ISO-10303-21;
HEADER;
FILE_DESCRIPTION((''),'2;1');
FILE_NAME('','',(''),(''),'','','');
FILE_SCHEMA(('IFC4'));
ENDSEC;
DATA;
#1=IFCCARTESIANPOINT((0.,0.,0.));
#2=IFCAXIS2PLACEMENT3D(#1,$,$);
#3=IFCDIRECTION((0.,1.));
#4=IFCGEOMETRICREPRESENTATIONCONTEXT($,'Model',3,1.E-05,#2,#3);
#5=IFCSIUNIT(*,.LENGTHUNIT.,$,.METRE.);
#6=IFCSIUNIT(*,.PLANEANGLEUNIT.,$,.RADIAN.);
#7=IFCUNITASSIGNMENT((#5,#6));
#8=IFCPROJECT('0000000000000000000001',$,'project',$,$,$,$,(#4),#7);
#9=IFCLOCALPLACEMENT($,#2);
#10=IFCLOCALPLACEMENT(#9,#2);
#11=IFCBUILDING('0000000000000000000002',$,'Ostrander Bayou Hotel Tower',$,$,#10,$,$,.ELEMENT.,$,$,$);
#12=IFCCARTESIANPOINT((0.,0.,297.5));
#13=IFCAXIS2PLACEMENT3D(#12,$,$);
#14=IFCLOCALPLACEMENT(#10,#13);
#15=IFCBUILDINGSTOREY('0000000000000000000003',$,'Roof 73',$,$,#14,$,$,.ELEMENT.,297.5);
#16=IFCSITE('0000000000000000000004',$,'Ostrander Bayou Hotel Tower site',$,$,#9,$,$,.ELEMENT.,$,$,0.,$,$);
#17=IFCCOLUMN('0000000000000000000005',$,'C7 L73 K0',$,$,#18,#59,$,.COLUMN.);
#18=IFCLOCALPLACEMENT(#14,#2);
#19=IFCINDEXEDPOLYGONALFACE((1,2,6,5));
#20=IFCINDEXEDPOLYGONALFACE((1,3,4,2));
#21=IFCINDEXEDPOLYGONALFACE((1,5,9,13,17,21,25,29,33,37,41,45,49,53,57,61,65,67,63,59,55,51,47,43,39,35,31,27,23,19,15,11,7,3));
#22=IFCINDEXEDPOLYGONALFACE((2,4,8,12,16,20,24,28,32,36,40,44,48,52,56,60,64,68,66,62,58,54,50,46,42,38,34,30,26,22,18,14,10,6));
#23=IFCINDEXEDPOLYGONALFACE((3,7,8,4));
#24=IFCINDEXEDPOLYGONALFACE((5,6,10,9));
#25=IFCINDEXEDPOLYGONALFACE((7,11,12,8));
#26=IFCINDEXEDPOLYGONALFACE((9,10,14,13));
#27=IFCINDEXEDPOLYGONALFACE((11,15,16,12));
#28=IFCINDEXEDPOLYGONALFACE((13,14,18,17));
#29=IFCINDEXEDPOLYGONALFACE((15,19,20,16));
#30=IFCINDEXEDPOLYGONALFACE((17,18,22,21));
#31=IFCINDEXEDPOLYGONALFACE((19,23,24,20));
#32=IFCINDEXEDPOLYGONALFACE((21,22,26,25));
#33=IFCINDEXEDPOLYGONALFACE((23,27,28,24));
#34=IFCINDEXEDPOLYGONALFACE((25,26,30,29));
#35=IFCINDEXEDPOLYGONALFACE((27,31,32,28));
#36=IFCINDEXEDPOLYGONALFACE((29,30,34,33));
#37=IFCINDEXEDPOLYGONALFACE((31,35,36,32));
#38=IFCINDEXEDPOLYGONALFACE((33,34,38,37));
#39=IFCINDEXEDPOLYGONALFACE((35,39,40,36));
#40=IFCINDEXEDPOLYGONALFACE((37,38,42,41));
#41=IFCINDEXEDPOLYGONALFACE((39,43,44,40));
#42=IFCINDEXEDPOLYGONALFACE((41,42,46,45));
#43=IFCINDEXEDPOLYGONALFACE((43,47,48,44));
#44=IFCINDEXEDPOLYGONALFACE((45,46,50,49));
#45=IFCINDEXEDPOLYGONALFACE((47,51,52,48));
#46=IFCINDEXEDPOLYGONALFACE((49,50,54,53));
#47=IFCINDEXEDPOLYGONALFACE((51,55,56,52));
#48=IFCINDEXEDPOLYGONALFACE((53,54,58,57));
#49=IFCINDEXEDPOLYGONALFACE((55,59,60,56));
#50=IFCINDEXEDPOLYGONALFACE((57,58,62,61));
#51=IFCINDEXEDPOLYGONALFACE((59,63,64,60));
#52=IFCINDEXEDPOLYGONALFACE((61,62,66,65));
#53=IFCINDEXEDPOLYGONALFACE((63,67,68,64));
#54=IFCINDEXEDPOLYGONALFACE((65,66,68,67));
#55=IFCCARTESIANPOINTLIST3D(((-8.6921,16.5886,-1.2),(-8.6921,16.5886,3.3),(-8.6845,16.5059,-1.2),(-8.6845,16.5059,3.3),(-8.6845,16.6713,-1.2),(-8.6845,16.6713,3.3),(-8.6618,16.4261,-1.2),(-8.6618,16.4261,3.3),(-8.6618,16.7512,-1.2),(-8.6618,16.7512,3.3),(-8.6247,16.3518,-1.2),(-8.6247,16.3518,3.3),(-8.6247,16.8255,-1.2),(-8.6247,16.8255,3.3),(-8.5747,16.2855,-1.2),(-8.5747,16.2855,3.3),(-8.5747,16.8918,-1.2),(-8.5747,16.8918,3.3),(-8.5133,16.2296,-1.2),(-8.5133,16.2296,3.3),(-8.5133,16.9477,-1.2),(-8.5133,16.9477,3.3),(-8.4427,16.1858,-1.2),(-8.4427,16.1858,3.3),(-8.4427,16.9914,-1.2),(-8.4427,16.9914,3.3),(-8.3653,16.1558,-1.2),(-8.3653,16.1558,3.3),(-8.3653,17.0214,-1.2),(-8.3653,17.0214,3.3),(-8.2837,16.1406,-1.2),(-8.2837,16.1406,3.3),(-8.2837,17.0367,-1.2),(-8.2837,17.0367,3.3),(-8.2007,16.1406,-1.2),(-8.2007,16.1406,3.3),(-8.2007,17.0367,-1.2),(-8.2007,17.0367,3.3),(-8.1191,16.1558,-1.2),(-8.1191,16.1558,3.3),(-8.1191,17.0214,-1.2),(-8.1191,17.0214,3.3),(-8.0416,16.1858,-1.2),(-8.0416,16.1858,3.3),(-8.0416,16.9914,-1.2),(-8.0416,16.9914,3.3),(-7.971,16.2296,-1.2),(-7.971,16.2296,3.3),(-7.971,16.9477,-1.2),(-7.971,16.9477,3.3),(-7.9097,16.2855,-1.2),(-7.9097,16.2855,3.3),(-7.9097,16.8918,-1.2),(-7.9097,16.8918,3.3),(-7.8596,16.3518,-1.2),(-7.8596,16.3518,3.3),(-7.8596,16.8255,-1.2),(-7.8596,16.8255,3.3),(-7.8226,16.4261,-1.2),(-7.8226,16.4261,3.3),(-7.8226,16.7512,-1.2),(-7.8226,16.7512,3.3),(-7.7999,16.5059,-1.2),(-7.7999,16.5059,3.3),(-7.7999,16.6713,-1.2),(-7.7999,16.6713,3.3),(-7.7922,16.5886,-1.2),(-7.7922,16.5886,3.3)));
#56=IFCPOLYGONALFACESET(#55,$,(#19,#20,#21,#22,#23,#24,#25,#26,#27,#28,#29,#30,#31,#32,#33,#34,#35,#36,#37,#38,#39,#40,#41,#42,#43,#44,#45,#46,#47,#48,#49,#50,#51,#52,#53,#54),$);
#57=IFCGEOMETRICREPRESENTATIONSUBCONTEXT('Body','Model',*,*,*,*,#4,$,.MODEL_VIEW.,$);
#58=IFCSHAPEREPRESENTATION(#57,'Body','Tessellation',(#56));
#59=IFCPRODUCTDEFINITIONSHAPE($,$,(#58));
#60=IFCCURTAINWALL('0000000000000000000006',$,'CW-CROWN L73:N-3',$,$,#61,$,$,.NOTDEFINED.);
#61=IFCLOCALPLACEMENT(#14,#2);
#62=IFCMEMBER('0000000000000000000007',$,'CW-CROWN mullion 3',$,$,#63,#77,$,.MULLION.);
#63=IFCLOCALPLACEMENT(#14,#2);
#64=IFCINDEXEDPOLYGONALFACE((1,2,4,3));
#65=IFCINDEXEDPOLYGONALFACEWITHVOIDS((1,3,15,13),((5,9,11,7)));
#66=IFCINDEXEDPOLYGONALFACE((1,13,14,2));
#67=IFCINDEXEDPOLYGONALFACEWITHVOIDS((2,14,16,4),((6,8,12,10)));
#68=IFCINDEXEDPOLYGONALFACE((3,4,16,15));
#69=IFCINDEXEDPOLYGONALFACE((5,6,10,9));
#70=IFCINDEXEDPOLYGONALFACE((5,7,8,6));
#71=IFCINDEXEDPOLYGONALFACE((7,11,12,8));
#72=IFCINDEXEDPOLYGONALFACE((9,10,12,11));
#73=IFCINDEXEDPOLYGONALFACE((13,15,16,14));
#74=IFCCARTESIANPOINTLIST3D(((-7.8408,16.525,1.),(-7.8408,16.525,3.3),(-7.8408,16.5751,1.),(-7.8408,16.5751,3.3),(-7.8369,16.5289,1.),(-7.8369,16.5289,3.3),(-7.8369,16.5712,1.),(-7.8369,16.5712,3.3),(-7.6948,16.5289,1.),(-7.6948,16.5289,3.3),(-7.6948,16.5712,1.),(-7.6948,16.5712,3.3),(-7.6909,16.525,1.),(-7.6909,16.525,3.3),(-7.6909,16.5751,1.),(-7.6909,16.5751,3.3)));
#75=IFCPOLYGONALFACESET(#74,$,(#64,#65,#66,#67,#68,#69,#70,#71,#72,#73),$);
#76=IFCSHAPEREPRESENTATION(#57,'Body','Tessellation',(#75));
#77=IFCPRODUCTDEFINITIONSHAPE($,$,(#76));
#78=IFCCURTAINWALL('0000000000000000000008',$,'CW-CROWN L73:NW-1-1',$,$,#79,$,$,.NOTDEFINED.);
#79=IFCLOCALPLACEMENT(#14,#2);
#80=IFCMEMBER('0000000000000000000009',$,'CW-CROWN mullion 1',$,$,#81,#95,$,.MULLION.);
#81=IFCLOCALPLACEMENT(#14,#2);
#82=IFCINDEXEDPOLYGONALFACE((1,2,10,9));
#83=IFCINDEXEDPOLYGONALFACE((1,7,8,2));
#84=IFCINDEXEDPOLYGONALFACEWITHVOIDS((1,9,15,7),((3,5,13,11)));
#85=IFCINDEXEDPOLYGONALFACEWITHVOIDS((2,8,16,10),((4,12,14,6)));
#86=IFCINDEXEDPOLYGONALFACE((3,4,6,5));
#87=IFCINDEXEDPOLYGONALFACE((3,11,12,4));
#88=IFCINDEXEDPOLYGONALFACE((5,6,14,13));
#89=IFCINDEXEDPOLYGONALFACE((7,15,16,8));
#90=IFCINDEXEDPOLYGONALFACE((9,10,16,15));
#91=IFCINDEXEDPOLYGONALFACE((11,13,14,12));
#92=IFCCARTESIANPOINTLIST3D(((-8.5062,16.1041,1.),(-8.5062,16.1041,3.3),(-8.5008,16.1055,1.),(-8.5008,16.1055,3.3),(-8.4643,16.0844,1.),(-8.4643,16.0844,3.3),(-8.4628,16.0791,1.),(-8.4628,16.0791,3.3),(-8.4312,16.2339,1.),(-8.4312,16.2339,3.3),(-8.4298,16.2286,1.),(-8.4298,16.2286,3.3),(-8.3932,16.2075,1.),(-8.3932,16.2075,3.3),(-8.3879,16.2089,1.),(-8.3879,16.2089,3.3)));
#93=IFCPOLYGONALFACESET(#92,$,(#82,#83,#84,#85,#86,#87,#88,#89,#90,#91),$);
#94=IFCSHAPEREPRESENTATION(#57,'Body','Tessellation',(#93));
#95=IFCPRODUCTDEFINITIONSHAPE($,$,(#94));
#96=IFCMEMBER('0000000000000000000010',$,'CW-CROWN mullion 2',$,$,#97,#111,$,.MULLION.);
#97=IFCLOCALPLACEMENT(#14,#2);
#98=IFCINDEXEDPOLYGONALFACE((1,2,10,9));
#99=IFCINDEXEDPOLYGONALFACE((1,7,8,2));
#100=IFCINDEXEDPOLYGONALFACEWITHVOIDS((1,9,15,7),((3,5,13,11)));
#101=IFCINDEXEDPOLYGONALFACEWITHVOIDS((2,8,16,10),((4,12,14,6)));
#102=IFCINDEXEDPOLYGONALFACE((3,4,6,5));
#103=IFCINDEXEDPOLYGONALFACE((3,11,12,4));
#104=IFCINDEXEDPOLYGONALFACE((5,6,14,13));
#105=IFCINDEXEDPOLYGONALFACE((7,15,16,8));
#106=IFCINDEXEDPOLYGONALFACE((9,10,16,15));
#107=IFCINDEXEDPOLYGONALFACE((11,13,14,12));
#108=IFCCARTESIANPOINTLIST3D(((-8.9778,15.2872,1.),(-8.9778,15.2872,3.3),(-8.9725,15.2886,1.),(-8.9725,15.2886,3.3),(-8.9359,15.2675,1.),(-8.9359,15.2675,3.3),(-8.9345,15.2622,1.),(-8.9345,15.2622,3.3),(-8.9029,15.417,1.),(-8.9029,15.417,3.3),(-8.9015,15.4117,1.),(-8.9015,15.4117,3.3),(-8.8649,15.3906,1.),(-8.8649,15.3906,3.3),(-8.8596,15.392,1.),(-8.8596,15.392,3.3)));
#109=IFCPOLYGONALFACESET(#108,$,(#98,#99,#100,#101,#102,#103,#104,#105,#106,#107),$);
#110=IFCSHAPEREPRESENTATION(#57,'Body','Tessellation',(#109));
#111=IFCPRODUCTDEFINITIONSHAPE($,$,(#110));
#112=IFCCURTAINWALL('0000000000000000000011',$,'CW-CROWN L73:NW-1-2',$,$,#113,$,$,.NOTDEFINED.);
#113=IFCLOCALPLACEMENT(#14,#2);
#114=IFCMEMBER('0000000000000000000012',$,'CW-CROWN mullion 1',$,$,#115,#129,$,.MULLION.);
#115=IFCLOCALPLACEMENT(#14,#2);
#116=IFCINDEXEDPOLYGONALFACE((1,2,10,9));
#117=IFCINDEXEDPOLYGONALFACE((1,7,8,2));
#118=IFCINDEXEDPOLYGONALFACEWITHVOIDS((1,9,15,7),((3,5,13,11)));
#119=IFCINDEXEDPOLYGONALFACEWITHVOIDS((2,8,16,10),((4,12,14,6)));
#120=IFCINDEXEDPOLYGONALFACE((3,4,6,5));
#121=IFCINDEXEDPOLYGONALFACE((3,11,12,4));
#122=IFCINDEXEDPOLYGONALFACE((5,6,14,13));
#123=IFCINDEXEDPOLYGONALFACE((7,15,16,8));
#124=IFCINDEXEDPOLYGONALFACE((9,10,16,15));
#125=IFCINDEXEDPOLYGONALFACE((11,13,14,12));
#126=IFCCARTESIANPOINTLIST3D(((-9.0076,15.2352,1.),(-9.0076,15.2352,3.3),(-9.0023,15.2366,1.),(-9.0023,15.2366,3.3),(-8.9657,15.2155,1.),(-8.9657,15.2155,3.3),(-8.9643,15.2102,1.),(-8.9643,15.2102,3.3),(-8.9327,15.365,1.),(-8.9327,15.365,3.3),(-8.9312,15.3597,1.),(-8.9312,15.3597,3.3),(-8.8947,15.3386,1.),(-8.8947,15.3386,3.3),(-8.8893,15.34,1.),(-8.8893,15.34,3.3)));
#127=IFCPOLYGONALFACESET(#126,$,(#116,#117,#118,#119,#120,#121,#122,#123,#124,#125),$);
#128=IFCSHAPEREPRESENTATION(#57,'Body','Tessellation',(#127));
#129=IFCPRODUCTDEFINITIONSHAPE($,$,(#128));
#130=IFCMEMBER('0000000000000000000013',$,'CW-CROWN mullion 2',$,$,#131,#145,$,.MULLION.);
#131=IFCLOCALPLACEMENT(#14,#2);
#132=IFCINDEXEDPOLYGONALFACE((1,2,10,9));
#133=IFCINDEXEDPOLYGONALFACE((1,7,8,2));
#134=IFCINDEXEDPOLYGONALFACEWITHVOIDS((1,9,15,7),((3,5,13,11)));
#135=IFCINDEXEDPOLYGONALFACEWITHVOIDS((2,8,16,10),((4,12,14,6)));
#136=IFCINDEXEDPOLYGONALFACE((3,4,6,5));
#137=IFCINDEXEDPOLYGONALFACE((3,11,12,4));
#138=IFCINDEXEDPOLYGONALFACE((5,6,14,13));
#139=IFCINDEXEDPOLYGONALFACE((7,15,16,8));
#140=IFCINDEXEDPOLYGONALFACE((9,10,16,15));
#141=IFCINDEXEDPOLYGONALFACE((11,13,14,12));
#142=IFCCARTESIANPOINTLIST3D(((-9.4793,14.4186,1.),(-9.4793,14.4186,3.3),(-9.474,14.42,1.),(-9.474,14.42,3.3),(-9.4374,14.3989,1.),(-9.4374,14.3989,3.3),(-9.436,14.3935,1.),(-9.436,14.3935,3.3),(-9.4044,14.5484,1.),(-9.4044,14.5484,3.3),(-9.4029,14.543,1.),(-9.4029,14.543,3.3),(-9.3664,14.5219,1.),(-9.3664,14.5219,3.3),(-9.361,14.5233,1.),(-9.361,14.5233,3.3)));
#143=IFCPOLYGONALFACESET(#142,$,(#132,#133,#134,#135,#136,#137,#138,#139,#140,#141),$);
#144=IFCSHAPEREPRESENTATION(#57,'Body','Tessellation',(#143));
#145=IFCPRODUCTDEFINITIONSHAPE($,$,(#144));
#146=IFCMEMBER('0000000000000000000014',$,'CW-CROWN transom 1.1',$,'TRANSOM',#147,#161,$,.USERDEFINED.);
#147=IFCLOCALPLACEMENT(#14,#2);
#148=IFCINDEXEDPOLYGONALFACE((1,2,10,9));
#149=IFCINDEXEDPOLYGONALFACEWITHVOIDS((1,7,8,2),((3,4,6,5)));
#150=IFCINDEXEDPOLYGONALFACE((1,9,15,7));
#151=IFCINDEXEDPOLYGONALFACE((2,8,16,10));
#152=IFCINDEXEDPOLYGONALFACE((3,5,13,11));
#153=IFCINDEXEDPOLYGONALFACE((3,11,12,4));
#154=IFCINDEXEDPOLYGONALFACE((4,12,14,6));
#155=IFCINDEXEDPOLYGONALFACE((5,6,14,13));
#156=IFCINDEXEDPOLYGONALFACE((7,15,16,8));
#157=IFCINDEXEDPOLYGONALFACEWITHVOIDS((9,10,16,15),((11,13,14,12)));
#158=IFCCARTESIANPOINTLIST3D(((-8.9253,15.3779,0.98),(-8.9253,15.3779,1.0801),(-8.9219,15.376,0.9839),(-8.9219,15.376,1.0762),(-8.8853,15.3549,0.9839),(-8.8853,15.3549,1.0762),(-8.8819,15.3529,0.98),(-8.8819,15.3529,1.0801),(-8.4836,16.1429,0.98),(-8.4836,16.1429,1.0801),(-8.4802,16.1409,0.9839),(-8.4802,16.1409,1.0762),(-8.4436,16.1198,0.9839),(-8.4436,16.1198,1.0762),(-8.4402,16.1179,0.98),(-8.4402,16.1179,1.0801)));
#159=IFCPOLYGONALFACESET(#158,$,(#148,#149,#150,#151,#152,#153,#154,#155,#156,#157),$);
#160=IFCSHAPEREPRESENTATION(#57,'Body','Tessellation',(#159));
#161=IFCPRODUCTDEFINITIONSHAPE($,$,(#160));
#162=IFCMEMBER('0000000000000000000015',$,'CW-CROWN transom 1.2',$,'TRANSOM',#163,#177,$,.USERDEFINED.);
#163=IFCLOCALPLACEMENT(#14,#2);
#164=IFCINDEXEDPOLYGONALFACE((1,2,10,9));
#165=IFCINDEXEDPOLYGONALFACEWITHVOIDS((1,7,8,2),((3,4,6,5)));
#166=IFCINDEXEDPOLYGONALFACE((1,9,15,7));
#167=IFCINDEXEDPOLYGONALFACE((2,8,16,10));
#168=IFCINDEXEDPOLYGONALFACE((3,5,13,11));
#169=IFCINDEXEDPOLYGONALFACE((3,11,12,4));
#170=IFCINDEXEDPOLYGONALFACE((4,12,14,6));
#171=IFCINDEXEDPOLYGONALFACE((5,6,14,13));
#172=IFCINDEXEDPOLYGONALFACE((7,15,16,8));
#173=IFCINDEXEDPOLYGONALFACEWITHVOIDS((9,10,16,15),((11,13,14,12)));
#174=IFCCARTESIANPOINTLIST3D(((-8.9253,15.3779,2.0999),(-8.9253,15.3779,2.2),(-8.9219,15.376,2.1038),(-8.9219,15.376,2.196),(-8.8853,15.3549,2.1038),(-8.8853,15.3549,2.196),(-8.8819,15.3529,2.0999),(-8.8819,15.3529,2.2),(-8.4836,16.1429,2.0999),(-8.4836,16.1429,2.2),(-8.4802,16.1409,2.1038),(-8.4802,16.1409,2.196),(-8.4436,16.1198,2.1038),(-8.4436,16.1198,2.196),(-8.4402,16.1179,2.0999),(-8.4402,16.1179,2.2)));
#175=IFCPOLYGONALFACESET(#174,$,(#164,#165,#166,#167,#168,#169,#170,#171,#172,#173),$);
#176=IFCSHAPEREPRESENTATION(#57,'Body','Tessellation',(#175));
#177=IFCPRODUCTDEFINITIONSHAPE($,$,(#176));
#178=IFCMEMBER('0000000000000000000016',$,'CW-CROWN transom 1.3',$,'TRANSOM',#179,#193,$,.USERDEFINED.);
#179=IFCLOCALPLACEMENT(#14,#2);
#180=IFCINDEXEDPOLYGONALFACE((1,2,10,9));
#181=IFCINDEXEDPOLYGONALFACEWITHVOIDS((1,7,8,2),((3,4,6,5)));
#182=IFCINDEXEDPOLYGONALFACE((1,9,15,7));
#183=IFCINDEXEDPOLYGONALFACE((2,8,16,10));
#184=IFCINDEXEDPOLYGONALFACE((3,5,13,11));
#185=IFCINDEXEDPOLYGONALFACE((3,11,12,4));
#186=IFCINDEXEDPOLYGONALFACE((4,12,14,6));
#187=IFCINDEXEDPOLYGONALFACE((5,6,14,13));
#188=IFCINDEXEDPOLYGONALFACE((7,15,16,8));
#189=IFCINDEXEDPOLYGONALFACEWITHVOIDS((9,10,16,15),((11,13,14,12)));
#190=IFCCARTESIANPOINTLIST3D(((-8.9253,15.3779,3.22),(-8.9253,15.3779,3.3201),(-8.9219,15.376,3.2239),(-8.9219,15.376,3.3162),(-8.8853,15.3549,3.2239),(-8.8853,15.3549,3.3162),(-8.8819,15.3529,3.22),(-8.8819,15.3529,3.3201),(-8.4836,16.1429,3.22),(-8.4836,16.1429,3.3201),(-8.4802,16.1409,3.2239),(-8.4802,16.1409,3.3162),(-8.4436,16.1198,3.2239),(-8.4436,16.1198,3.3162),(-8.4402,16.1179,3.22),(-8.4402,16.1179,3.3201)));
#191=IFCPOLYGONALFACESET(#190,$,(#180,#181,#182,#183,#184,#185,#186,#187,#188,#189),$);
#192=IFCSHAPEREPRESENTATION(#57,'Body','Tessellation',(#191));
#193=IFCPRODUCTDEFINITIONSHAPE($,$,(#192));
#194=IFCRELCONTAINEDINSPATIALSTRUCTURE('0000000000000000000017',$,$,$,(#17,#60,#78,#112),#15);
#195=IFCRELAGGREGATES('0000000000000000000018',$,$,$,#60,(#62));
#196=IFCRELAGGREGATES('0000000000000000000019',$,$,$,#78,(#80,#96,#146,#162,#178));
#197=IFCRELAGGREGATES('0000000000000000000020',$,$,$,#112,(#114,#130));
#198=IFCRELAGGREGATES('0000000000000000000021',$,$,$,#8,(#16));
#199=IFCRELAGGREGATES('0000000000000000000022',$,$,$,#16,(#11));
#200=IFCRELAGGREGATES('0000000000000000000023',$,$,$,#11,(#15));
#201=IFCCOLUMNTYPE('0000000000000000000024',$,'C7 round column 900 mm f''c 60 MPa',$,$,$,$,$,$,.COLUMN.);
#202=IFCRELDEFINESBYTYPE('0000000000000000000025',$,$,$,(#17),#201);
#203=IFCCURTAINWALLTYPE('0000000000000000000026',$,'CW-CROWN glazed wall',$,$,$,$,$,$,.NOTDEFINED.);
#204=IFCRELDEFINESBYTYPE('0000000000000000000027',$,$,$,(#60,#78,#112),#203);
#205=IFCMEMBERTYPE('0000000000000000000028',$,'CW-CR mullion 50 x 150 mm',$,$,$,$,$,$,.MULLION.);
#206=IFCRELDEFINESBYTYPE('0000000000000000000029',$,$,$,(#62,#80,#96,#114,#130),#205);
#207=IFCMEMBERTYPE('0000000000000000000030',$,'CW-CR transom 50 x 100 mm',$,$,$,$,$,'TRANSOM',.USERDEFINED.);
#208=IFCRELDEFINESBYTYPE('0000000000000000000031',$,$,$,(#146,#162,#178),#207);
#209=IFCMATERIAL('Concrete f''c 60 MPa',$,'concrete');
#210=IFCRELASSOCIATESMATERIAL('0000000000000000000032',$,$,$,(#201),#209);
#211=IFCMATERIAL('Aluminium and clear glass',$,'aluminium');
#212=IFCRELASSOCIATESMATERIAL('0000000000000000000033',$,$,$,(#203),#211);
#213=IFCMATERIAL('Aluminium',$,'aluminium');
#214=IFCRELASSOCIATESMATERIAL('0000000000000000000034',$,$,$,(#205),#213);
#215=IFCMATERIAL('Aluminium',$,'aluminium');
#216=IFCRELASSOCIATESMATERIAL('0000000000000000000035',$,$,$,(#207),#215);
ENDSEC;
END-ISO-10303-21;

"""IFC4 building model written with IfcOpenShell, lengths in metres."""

from ifc_helpers import new_model, si_unit, direction, frame, origin, origin_2d, place, context, subcontext, project, spatial, hollow_rectangle, circle, extrude, material, material_profile, profile_set, type_object, element, aggregate, save


model = new_model("IFC4")

# Units and contexts
model_context = context("Model", 3, precision=1e-05, world=origin(), true_north=direction((0.0, 1.0)))
body_context = subcontext(model_context, "Body", "Model", "MODEL_VIEW")
ifc_project = project(units=[si_unit("LENGTHUNIT", "METRE"), si_unit("PLANEANGLEUNIT", "RADIAN")], contexts=[model_context])

# Site, building, storey
site_placement = place(None, origin())
site = spatial("IfcSite", under=ifc_project, at=site_placement, Name="Ostrander Bayou Hotel Tower site", CompositionType="ELEMENT", RefElevation=0.0)
building_placement = place(site_placement, origin())
building = spatial("IfcBuilding", under=site, at=building_placement, Name="Ostrander Bayou Hotel Tower", CompositionType="ELEMENT")
storey_placement = place(building_placement, frame((0.0, 0.0, 297.5)))
storey = spatial("IfcBuildingStorey", under=building, at=storey_placement, Name="Roof 73", CompositionType="ELEMENT", Elevation=297.5)

# Column
ifc_material_1 = material(Name="Concrete f'c 60 MPa", Category="concrete")
ifc_material_profile_1 = material_profile(ifc_material_1, circle(Radius=0.45, at=origin_2d()))
ifc_profile_set_1 = profile_set([ifc_material_profile_1], Name="Concrete f'c 60 MPa")
column_type = type_object("IfcColumnType", Name="C7 round column 900 mm f'c 60 MPa", PredefinedType="COLUMN", material=ifc_profile_set_1)
column_placement = place(storey_placement, frame((-8.2422, 16.5886, -1.2), z_axis=(0.0, 0.0, 1.0), x_axis=(1.0, 0.0, 0.0)))
element("IfcColumn", 1, at=column_placement, inside=storey, type_object=column_type, Name="C7 L73 K0", PredefinedType="COLUMN", context=body_context, shape_type="SweptSolid", body=[
    extrude(circle(Radius=0.45, at=origin_2d()), origin(), (0.0, 0.0, 1.0), 4.5),
])

# Curtain wall, member
ifc_material_2 = material(Name="Aluminium and clear glass", Category="aluminium")
curtain_wall_type = type_object("IfcCurtainWallType", Name="CW-CROWN glazed wall", PredefinedType="NOTDEFINED", material=ifc_material_2)
curtain_wall_1_placement = place(storey_placement, origin())
curtain_wall_1 = element("IfcCurtainWall", 2, at=curtain_wall_1_placement, inside=storey, type_object=curtain_wall_type, Name="CW-CROWN L73:N-3", PredefinedType="NOTDEFINED")
ifc_material_3 = material(Name="Aluminium", Category="aluminium")
ifc_material_profile_2 = material_profile(ifc_material_3, hollow_rectangle(XDim=0.05, YDim=0.1499, WallThickness=0.0039, at=origin_2d()))
ifc_profile_set_2 = profile_set([ifc_material_profile_2], Name="Aluminium")
member_type_1 = type_object("IfcMemberType", Name="CW-CR mullion 50 x 150 mm", PredefinedType="MULLION", material=ifc_profile_set_2)
member_1_placement = place(storey_placement, frame((-7.7659, 16.55, 1.0), z_axis=(0.0, 0.0, 1.0), x_axis=(0.0, -1.0, 0.0)))
member_1 = element("IfcMember", 3, at=member_1_placement, type_object=member_type_1, Name="CW-CROWN mullion 3", PredefinedType="MULLION", context=body_context, shape_type="SweptSolid", body=[
    extrude(hollow_rectangle(XDim=0.05, YDim=0.1499, WallThickness=0.0039, at=origin_2d()), origin(), (0.0, 0.0, 1.0), 2.3),
])

# Curtain walls, members
curtain_wall_2_placement = place(storey_placement, origin())
curtain_wall_2 = element("IfcCurtainWall", 4, at=curtain_wall_2_placement, inside=storey, type_object=curtain_wall_type, Name="CW-CROWN L73:NW-1-1", PredefinedType="NOTDEFINED")
member_2_placement = place(storey_placement, frame((-8.447, 16.1565, 1.0), z_axis=(0.0, 0.0, 1.0), x_axis=(0.866026, -0.499999, 0.0)))
member_2 = element("IfcMember", 5, at=member_2_placement, type_object=member_type_1, Name="CW-CROWN mullion 1", PredefinedType="MULLION", context=body_context, shape_type="SweptSolid", body=[
    extrude(hollow_rectangle(XDim=0.05, YDim=0.1499, WallThickness=0.0039, at=origin_2d()), origin(), (0.0, 0.0, 1.0), 2.3),
])
member_3_placement = place(storey_placement, frame((-8.9187, 15.3396, 1.0), z_axis=(0.0, 0.0, 1.0), x_axis=(0.866026, -0.499999, 0.0)))
member_3 = element("IfcMember", 6, at=member_3_placement, type_object=member_type_1, Name="CW-CROWN mullion 2", PredefinedType="MULLION", context=body_context, shape_type="SweptSolid", body=[
    extrude(hollow_rectangle(XDim=0.05, YDim=0.1499, WallThickness=0.0039, at=origin_2d()), origin(), (0.0, 0.0, 1.0), 2.3),
])
curtain_wall_3_placement = place(storey_placement, origin())
curtain_wall_3 = element("IfcCurtainWall", 7, at=curtain_wall_3_placement, inside=storey, type_object=curtain_wall_type, Name="CW-CROWN L73:NW-1-2", PredefinedType="NOTDEFINED")
member_4_placement = place(storey_placement, frame((-8.9485, 15.2876, 1.0), z_axis=(0.0, 0.0, 1.0), x_axis=(0.866001, -0.500042, 0.0)))
member_4 = element("IfcMember", 8, at=member_4_placement, type_object=member_type_1, Name="CW-CROWN mullion 1", PredefinedType="MULLION", context=body_context, shape_type="SweptSolid", body=[
    extrude(hollow_rectangle(XDim=0.05, YDim=0.1499, WallThickness=0.0039, at=origin_2d()), origin(), (0.0, 0.0, 1.0), 2.3),
])
member_5_placement = place(storey_placement, frame((-9.4202, 14.4709, 1.0), z_axis=(0.0, 0.0, 1.0), x_axis=(0.866001, -0.500042, 0.0)))
member_5 = element("IfcMember", 9, at=member_5_placement, type_object=member_type_1, Name="CW-CROWN mullion 2", PredefinedType="MULLION", context=body_context, shape_type="SweptSolid", body=[
    extrude(hollow_rectangle(XDim=0.05, YDim=0.1499, WallThickness=0.0039, at=origin_2d()), origin(), (0.0, 0.0, 1.0), 2.3),
])

# Members
ifc_material_4 = material(Name="Aluminium", Category="aluminium")
ifc_material_profile_3 = material_profile(ifc_material_4, hollow_rectangle(XDim=0.05, YDim=0.1001, WallThickness=0.0039, at=origin_2d()))
ifc_profile_set_3 = profile_set([ifc_material_profile_3], Name="Aluminium")
member_type_2 = type_object("IfcMemberType", Name="CW-CR transom 50 x 100 mm", ElementType="TRANSOM", PredefinedType="USERDEFINED", material=ifc_profile_set_3)
member_6_placement = place(storey_placement, frame((-8.4619, 16.1304, 1.03), z_axis=(-0.500034, -0.866006, 0.0), x_axis=(0.866006, -0.500034, 0.0)))
member_6 = element("IfcMember", 10, at=member_6_placement, type_object=member_type_2, Name="CW-CROWN transom 1.1", ObjectType="TRANSOM", PredefinedType="USERDEFINED", context=body_context, shape_type="SweptSolid", body=[
    extrude(hollow_rectangle(XDim=0.05, YDim=0.1001, WallThickness=0.0039, at=origin_2d()), origin(), (0.0, 0.0, 1.0), 0.8833),
])
member_7_placement = place(storey_placement, frame((-8.4619, 16.1304, 2.1499), z_axis=(-0.500034, -0.866006, 0.0), x_axis=(0.866006, -0.500034, 0.0)))
member_7 = element("IfcMember", 11, at=member_7_placement, type_object=member_type_2, Name="CW-CROWN transom 1.2", ObjectType="TRANSOM", PredefinedType="USERDEFINED", context=body_context, shape_type="SweptSolid", body=[
    extrude(hollow_rectangle(XDim=0.05, YDim=0.1001, WallThickness=0.0039, at=origin_2d()), origin(), (0.0, 0.0, 1.0), 0.8833),
])
member_8_placement = place(storey_placement, frame((-8.4619, 16.1304, 3.27), z_axis=(-0.500034, -0.866006, 0.0), x_axis=(0.866006, -0.500034, 0.0)))
member_8 = element("IfcMember", 12, at=member_8_placement, type_object=member_type_2, Name="CW-CROWN transom 1.3", ObjectType="TRANSOM", PredefinedType="USERDEFINED", context=body_context, shape_type="SweptSolid", body=[
    extrude(hollow_rectangle(XDim=0.05, YDim=0.1001, WallThickness=0.0039, at=origin_2d()), origin(), (0.0, 0.0, 1.0), 0.8833),
])

aggregate(curtain_wall_1, [member_1])
aggregate(curtain_wall_2, [member_2, member_3, member_6, member_7, member_8])
aggregate(curtain_wall_3, [member_4, member_5])

save(model, "model.ifc")
